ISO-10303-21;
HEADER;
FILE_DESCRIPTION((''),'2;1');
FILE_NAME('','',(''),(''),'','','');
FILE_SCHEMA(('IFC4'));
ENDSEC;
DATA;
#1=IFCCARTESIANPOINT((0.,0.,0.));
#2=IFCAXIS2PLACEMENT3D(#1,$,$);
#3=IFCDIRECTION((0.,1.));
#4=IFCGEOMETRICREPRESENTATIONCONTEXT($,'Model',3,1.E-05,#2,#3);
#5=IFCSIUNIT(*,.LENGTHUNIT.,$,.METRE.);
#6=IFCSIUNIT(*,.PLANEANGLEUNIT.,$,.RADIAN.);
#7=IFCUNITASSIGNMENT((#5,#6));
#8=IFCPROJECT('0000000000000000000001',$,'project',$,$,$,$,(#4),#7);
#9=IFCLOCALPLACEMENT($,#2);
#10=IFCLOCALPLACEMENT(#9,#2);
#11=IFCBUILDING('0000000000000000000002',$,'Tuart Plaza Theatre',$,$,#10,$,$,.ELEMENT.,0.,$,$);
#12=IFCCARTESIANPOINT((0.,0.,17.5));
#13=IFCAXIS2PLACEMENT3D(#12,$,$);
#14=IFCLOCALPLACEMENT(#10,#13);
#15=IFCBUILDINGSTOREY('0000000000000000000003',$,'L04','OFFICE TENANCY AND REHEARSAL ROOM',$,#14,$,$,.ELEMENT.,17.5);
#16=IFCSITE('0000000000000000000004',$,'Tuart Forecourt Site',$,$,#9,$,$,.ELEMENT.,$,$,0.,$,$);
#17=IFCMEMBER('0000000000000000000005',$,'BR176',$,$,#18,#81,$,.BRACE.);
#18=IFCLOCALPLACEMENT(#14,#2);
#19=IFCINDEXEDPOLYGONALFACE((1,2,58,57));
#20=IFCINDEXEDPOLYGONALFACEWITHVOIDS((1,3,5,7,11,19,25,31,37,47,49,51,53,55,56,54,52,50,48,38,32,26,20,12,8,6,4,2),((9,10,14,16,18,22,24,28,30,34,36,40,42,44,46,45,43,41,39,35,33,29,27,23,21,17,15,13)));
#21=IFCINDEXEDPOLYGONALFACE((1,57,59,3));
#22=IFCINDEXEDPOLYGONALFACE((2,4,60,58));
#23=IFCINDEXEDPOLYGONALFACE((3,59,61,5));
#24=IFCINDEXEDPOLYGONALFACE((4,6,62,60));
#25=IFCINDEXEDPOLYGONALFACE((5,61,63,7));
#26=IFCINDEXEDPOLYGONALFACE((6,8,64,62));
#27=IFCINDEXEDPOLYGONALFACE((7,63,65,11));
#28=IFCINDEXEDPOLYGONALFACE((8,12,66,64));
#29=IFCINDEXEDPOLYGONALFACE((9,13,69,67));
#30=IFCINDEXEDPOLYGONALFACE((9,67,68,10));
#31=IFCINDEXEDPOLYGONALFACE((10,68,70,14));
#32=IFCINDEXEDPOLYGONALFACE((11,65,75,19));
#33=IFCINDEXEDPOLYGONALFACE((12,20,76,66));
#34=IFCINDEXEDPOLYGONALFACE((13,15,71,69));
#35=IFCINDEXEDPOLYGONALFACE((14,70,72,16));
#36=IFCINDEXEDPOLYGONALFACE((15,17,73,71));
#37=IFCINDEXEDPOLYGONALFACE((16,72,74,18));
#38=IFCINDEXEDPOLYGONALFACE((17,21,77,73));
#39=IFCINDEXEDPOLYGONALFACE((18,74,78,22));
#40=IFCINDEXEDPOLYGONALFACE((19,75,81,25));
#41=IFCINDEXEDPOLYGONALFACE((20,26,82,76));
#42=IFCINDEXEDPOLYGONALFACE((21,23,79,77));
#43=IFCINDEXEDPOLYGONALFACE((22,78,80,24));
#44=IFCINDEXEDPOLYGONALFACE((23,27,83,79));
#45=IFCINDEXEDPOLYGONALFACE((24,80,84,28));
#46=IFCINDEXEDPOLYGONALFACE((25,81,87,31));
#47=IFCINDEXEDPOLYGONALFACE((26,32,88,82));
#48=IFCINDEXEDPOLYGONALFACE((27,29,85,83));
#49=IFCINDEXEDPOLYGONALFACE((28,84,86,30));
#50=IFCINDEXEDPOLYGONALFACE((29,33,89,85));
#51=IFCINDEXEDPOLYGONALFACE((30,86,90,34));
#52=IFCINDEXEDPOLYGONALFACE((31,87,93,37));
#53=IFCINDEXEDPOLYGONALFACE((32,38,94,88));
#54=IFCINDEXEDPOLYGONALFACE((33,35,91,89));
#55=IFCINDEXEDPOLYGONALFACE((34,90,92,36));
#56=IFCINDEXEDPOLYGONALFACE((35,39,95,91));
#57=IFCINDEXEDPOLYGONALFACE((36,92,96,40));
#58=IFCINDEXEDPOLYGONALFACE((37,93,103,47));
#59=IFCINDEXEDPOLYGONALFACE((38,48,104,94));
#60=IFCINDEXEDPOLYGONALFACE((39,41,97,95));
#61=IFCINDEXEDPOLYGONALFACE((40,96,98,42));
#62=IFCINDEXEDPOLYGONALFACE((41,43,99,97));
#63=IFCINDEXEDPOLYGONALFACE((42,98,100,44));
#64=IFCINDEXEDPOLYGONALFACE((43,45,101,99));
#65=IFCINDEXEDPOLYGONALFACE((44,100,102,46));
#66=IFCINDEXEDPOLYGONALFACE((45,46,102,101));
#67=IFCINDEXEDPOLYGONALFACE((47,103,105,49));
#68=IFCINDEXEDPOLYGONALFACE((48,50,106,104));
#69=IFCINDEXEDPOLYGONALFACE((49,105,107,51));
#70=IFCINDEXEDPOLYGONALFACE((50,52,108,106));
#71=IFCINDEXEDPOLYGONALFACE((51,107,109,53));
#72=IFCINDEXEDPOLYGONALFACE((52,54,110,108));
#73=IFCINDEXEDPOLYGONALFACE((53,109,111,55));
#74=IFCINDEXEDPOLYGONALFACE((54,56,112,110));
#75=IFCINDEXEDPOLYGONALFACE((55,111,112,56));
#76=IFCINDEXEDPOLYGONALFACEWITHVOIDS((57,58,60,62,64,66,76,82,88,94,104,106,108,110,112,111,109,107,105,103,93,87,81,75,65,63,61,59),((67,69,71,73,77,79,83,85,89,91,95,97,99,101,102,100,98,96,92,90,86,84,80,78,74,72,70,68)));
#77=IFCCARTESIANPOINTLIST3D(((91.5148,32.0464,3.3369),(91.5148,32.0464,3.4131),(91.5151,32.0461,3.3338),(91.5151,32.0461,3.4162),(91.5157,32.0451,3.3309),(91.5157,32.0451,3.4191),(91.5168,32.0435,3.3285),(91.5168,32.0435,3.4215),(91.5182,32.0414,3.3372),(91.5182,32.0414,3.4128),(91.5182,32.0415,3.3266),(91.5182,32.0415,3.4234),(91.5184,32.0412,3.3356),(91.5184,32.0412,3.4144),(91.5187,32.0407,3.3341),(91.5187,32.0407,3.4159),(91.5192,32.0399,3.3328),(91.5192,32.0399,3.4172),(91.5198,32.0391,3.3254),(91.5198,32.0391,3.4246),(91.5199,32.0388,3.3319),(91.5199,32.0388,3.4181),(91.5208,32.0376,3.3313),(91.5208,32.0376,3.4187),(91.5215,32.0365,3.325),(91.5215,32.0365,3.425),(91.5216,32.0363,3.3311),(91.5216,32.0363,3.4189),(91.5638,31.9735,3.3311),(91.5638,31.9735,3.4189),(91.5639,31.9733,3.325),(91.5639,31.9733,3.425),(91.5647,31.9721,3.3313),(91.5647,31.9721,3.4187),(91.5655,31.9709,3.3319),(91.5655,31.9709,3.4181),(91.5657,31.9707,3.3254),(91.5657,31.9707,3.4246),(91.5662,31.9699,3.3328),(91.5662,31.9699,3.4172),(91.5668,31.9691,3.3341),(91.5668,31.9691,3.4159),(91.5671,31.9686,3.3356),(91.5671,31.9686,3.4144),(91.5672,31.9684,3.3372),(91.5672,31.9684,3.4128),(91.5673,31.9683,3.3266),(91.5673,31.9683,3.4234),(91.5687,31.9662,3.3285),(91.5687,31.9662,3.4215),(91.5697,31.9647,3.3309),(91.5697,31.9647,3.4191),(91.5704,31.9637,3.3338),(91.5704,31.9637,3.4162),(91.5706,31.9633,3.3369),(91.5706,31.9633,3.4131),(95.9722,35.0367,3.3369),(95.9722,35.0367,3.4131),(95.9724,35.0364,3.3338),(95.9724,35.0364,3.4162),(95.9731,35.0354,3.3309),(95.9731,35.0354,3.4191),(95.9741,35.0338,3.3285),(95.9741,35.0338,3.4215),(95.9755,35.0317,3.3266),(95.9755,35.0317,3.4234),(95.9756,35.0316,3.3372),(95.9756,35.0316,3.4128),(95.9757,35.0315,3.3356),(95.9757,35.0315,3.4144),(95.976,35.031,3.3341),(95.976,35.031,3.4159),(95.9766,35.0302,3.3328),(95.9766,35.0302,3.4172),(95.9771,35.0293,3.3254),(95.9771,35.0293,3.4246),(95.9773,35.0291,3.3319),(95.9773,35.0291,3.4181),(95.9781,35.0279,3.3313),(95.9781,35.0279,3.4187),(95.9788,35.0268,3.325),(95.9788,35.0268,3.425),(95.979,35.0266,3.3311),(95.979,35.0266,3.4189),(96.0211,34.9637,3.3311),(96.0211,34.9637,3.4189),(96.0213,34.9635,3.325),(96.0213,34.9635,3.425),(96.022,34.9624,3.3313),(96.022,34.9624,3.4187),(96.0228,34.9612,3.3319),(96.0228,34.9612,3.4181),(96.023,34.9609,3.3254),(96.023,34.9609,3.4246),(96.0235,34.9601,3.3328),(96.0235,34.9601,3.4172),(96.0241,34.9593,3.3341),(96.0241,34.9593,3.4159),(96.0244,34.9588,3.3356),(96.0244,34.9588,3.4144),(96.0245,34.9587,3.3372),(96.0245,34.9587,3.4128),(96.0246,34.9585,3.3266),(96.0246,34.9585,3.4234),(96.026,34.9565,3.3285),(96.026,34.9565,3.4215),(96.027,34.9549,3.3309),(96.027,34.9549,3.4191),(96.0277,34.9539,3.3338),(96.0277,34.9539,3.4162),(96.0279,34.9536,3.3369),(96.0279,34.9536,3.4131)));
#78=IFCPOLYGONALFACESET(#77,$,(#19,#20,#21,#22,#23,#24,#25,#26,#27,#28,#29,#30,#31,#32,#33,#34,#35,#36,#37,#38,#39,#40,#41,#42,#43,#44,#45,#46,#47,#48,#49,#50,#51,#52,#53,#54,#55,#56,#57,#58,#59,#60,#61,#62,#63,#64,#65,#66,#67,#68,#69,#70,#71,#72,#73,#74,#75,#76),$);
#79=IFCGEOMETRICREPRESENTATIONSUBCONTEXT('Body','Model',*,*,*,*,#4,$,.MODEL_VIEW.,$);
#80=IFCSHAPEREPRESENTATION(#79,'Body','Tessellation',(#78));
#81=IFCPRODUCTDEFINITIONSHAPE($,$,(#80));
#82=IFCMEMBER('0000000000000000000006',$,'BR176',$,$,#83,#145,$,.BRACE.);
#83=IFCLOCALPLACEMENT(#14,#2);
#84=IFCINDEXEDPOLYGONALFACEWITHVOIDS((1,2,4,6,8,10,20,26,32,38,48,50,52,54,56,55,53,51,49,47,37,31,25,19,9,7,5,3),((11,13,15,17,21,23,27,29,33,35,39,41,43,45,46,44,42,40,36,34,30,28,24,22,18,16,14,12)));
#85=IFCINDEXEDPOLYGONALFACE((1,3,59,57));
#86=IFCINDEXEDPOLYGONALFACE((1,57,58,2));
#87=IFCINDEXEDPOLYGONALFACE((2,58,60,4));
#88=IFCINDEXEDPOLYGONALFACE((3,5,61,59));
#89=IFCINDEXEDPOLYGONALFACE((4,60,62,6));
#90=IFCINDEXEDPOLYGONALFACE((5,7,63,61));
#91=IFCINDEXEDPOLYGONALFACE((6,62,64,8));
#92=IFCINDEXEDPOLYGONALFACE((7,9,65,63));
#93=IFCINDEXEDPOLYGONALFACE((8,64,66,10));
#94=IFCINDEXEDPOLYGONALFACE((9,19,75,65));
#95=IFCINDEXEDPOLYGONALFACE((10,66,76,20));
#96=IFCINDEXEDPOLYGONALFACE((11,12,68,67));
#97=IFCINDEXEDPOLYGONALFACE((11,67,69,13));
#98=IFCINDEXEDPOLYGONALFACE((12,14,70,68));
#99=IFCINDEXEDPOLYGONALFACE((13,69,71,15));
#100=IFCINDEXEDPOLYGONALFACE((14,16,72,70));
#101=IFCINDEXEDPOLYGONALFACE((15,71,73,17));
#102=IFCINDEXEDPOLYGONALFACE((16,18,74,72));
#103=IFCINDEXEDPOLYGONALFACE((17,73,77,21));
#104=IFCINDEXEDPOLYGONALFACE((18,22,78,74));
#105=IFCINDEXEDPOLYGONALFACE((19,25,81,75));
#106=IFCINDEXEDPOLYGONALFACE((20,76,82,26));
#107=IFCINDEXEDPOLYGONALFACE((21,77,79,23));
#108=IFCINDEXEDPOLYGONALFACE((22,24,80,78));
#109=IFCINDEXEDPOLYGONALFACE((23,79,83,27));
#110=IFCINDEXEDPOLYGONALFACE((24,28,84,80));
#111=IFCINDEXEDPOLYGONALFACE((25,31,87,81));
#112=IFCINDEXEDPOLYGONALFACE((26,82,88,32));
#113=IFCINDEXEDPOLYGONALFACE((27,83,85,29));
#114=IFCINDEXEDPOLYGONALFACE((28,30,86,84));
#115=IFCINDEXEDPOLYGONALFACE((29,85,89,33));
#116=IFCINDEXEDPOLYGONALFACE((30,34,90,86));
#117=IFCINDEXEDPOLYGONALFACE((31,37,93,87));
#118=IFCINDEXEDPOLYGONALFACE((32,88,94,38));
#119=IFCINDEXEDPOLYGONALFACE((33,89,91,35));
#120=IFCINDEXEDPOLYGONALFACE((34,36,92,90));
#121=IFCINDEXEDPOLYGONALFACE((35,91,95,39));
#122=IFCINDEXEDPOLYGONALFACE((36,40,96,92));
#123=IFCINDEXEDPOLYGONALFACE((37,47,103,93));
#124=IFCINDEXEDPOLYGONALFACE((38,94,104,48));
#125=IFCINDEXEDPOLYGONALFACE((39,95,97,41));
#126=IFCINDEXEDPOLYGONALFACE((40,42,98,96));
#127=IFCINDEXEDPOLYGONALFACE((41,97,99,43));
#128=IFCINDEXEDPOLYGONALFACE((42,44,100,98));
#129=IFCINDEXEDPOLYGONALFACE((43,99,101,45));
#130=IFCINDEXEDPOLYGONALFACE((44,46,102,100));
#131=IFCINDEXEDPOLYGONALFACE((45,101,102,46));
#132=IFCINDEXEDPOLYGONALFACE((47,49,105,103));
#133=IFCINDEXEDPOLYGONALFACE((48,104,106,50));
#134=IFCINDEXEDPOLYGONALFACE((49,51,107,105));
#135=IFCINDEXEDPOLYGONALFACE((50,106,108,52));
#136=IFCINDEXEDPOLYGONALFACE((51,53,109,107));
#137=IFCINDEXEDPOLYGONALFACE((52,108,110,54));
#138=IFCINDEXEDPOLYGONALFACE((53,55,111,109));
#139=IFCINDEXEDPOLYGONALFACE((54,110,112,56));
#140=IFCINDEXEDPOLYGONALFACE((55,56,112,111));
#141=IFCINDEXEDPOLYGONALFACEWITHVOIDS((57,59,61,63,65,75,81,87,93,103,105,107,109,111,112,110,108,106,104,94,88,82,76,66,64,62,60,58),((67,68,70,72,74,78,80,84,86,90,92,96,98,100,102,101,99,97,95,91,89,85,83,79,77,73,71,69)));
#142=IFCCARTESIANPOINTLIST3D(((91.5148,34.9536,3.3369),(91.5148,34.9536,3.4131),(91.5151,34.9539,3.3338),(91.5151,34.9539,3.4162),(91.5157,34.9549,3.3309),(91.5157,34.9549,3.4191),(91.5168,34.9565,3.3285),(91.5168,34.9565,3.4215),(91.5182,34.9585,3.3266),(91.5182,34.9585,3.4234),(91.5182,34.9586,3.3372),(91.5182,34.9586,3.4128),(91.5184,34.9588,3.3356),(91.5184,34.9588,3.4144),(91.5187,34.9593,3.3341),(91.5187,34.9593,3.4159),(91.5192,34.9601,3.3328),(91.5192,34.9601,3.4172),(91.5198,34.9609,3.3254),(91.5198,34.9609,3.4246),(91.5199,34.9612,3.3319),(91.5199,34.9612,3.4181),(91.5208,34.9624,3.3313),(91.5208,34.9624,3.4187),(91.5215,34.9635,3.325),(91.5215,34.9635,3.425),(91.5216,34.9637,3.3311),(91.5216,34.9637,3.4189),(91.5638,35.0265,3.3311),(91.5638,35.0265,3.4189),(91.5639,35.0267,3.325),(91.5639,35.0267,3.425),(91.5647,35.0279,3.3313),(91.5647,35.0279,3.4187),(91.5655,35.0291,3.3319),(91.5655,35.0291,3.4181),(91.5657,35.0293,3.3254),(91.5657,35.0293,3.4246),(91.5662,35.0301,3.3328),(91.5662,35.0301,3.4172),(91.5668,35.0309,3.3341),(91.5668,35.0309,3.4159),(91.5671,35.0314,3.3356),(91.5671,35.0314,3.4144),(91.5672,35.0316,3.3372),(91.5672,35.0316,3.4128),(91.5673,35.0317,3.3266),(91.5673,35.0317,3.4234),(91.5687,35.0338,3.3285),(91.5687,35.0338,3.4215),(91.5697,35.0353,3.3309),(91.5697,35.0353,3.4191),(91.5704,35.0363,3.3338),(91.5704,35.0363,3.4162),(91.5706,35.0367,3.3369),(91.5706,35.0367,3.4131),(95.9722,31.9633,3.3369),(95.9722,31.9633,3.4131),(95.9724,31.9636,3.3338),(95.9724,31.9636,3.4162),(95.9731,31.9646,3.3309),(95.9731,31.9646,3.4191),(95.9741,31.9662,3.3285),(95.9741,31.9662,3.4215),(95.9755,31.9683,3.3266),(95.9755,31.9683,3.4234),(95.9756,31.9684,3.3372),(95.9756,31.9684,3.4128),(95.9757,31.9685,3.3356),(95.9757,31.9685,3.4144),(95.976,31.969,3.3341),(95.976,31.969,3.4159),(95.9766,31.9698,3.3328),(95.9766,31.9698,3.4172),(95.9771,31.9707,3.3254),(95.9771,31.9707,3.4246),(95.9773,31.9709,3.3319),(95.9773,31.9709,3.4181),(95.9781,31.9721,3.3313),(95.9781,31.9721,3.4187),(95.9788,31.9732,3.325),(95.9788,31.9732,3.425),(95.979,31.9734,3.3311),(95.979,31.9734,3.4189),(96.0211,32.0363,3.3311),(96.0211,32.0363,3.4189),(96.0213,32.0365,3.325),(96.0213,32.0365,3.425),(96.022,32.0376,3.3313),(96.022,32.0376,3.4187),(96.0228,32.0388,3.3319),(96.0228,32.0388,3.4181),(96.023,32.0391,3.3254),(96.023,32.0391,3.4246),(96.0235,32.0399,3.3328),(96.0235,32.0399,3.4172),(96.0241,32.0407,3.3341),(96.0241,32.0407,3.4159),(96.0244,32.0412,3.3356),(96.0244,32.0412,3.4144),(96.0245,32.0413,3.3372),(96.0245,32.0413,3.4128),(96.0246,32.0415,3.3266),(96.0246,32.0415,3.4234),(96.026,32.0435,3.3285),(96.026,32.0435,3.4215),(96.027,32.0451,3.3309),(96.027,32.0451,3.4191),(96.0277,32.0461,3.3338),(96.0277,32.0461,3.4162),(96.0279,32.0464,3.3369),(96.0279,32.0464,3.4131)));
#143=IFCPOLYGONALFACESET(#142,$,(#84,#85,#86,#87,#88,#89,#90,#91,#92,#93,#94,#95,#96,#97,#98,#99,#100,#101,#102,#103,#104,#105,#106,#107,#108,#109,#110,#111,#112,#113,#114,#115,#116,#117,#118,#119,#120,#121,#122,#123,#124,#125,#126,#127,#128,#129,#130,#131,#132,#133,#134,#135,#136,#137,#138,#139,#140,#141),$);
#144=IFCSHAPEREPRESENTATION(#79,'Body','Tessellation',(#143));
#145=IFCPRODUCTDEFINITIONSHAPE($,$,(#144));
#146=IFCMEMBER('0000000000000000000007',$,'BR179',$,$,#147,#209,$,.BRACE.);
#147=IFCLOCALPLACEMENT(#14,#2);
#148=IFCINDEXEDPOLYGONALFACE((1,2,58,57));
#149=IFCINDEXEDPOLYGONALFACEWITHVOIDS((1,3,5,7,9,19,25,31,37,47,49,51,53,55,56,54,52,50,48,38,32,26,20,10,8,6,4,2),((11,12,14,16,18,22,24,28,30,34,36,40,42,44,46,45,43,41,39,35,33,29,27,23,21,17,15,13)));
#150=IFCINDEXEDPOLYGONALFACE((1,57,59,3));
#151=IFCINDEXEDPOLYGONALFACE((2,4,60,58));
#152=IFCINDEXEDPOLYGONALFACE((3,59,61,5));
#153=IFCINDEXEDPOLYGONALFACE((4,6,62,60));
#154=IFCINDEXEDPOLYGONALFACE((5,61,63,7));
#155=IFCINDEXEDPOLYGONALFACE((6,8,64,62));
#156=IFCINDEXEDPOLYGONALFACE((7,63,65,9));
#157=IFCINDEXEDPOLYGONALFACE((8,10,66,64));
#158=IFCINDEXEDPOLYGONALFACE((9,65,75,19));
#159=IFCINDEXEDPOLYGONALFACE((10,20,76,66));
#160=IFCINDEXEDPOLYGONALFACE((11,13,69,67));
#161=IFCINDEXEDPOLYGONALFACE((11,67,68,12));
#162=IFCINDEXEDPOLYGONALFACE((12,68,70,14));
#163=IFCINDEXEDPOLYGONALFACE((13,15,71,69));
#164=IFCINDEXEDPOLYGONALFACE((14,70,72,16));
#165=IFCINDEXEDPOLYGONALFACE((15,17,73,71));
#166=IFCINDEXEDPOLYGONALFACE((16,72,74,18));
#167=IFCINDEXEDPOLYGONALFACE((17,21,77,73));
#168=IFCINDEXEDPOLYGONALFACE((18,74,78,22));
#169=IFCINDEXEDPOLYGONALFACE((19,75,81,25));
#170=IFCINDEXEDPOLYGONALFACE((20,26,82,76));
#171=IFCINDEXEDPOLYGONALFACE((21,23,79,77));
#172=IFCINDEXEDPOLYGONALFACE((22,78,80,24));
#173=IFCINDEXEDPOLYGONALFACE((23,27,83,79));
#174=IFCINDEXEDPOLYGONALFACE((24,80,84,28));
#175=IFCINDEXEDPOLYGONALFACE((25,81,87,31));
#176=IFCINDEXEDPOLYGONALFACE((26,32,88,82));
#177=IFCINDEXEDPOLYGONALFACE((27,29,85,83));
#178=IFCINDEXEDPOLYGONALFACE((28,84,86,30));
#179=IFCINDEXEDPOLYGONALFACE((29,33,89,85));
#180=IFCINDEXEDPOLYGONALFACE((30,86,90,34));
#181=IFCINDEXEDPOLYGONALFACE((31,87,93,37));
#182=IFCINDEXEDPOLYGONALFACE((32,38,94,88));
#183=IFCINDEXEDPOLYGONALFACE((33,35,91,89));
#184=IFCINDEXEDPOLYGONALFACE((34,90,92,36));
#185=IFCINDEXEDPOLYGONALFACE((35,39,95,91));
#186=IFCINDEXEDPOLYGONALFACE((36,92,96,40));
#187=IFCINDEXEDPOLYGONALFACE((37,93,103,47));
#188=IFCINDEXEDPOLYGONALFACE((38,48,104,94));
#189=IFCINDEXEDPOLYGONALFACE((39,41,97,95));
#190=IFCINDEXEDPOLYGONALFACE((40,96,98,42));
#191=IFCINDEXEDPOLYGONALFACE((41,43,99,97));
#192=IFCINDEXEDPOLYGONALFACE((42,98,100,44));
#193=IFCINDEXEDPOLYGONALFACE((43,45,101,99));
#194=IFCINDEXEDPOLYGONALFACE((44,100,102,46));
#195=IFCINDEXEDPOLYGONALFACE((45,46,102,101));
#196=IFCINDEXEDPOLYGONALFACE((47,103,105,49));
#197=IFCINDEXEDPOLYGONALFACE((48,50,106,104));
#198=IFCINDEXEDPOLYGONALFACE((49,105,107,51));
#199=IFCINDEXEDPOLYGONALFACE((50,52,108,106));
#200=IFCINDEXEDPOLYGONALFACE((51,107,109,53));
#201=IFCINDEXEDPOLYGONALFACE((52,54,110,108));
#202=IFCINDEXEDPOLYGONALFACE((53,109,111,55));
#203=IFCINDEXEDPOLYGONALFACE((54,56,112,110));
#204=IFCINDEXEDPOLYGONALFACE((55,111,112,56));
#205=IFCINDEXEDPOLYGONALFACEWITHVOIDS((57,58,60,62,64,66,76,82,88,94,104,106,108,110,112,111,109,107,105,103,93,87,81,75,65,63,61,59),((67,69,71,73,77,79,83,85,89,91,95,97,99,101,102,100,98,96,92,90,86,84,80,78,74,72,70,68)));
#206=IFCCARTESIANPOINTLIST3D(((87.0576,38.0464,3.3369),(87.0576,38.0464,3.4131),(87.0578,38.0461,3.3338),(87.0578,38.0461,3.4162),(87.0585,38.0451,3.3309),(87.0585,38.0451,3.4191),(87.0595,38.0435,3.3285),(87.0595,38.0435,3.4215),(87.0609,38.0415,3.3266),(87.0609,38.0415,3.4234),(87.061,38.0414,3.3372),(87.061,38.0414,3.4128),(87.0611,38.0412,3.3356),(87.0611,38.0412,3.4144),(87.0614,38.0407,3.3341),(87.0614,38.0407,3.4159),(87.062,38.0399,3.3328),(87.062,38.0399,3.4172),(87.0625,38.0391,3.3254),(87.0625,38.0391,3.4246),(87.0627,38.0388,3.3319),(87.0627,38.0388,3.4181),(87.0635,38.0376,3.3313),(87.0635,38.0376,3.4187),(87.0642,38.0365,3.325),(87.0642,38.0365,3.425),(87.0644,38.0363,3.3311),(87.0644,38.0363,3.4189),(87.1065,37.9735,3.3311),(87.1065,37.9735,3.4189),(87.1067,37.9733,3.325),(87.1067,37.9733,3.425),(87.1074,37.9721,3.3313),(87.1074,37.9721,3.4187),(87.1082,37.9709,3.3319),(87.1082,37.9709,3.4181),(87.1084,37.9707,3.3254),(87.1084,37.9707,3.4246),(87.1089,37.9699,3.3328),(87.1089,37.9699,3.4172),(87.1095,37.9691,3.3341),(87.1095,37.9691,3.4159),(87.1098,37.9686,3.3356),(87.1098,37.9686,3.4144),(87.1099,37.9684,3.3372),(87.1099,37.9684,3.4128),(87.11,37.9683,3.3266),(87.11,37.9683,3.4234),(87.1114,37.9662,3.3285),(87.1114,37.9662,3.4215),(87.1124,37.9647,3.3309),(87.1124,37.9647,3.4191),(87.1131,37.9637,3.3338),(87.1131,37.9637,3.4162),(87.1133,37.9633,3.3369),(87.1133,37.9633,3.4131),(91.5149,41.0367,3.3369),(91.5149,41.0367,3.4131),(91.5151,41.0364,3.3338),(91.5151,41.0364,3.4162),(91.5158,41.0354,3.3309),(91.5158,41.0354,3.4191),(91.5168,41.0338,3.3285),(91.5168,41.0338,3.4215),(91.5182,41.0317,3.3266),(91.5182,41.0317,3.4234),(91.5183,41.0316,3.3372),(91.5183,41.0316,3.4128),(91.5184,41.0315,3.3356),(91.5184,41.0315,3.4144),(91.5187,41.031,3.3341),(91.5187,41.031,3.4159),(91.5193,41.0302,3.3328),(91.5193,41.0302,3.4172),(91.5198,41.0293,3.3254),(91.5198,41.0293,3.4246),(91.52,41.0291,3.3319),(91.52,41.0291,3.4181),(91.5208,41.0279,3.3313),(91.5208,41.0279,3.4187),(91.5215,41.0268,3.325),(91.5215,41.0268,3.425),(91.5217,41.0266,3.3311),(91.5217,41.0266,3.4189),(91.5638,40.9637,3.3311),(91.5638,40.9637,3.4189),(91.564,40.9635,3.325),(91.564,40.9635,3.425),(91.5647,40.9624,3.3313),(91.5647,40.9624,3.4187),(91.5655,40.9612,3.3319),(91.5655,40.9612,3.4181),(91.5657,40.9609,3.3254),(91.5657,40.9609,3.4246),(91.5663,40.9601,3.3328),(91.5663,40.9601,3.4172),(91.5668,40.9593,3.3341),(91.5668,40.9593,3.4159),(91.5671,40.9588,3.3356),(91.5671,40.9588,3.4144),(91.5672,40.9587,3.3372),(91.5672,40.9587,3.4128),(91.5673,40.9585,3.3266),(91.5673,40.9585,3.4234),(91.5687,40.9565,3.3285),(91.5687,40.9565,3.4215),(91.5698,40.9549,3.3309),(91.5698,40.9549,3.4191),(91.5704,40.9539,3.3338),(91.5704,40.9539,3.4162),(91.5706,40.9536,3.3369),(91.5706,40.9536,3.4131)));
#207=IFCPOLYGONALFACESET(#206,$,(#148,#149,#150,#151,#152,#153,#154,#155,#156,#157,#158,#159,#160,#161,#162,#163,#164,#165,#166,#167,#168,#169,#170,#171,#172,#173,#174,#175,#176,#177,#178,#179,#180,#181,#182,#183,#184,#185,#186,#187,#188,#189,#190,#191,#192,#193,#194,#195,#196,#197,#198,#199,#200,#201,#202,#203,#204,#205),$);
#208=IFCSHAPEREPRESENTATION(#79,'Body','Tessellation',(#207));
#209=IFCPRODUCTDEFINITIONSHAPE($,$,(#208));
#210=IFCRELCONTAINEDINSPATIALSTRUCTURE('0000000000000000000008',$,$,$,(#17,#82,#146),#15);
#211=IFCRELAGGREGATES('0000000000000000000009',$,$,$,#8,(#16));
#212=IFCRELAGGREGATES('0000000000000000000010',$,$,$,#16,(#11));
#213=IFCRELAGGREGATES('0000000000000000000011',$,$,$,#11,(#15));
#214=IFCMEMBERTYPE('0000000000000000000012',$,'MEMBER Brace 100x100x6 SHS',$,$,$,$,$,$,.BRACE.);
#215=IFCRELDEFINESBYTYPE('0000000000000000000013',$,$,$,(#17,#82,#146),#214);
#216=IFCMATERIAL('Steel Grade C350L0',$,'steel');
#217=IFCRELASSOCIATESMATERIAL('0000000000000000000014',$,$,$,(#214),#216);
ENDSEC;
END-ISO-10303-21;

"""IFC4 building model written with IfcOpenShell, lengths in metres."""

from ifc_helpers import new_model, si_unit, direction, frame, origin, origin_2d, place, context, subcontext, project, spatial, hollow_rectangle, extrude, material, material_profile, profile_set, type_object, element, save


model = new_model("IFC4")

# Units and contexts
model_context = context("Model", 3, precision=1e-05, world=origin(), true_north=direction((0.0, 1.0)))
body_context = subcontext(model_context, "Body", "Model", "MODEL_VIEW")
ifc_project = project(units=[si_unit("LENGTHUNIT", "METRE"), si_unit("PLANEANGLEUNIT", "RADIAN")], contexts=[model_context])

# Site, building, storey
site_placement = place(None, origin())
site = spatial("IfcSite", under=ifc_project, at=site_placement, Name="Tuart Forecourt Site", CompositionType="ELEMENT", RefElevation=0.0)
building_placement = place(site_placement, origin())
building = spatial("IfcBuilding", under=site, at=building_placement, Name="Tuart Plaza Theatre", CompositionType="ELEMENT", ElevationOfRefHeight=0.0)
storey_placement = place(building_placement, frame((0.0, 0.0, 17.5)))
storey = spatial("IfcBuildingStorey", under=building, at=storey_placement, Name="L04", Description="OFFICE TENANCY AND REHEARSAL ROOM", CompositionType="ELEMENT", Elevation=17.5)

# Members
ifc_material_1 = material(Name="Steel Grade C350L0", Category="steel")
ifc_material_profile_1 = material_profile(ifc_material_1, hollow_rectangle(XDim=0.1001, YDim=0.1001, WallThickness=0.0061, InnerFilletRadius=0.0061, OuterFilletRadius=0.012, at=origin_2d()), Name="100x100x6 SHS")
ifc_profile_set_1 = profile_set([ifc_material_profile_1], Name="Steel Grade C350L0")
member_type_1 = type_object("IfcMemberType", Name="MEMBER Brace 100x100x6 SHS", PredefinedType="BRACE", material=ifc_profile_set_1)
for number, where, z_axis, x_axis, name in (
    (1, (91.5427, 32.0049, 3.375), (0.830437, 0.557112, 0.0), (-0.557112, 0.830437, 0.0), "BR176"),
    (2, (91.5427, 34.9951, 3.375), (0.830437, -0.557112, 0.0), (0.557112, 0.830437, 0.0), "BR176"),
    (3, (87.0854, 38.0049, 3.375), (0.830437, 0.557112, 0.0), (-0.557112, 0.830437, 0.0), "BR179"),
):
    element("IfcMember", number, at=place(storey_placement, frame(where, z_axis=z_axis, x_axis=x_axis)), inside=storey, type_object=member_type_1, Name=name, PredefinedType="BRACE", context=body_context, shape_type="SweptSolid", body=[
        extrude(hollow_rectangle(XDim=0.1001, YDim=0.1001, WallThickness=0.0061, InnerFilletRadius=0.0061, OuterFilletRadius=0.012, at=origin_2d()), origin(), (0.0, 0.0, 1.0), 5.3674),
    ])

save(model, "model.ifc")
